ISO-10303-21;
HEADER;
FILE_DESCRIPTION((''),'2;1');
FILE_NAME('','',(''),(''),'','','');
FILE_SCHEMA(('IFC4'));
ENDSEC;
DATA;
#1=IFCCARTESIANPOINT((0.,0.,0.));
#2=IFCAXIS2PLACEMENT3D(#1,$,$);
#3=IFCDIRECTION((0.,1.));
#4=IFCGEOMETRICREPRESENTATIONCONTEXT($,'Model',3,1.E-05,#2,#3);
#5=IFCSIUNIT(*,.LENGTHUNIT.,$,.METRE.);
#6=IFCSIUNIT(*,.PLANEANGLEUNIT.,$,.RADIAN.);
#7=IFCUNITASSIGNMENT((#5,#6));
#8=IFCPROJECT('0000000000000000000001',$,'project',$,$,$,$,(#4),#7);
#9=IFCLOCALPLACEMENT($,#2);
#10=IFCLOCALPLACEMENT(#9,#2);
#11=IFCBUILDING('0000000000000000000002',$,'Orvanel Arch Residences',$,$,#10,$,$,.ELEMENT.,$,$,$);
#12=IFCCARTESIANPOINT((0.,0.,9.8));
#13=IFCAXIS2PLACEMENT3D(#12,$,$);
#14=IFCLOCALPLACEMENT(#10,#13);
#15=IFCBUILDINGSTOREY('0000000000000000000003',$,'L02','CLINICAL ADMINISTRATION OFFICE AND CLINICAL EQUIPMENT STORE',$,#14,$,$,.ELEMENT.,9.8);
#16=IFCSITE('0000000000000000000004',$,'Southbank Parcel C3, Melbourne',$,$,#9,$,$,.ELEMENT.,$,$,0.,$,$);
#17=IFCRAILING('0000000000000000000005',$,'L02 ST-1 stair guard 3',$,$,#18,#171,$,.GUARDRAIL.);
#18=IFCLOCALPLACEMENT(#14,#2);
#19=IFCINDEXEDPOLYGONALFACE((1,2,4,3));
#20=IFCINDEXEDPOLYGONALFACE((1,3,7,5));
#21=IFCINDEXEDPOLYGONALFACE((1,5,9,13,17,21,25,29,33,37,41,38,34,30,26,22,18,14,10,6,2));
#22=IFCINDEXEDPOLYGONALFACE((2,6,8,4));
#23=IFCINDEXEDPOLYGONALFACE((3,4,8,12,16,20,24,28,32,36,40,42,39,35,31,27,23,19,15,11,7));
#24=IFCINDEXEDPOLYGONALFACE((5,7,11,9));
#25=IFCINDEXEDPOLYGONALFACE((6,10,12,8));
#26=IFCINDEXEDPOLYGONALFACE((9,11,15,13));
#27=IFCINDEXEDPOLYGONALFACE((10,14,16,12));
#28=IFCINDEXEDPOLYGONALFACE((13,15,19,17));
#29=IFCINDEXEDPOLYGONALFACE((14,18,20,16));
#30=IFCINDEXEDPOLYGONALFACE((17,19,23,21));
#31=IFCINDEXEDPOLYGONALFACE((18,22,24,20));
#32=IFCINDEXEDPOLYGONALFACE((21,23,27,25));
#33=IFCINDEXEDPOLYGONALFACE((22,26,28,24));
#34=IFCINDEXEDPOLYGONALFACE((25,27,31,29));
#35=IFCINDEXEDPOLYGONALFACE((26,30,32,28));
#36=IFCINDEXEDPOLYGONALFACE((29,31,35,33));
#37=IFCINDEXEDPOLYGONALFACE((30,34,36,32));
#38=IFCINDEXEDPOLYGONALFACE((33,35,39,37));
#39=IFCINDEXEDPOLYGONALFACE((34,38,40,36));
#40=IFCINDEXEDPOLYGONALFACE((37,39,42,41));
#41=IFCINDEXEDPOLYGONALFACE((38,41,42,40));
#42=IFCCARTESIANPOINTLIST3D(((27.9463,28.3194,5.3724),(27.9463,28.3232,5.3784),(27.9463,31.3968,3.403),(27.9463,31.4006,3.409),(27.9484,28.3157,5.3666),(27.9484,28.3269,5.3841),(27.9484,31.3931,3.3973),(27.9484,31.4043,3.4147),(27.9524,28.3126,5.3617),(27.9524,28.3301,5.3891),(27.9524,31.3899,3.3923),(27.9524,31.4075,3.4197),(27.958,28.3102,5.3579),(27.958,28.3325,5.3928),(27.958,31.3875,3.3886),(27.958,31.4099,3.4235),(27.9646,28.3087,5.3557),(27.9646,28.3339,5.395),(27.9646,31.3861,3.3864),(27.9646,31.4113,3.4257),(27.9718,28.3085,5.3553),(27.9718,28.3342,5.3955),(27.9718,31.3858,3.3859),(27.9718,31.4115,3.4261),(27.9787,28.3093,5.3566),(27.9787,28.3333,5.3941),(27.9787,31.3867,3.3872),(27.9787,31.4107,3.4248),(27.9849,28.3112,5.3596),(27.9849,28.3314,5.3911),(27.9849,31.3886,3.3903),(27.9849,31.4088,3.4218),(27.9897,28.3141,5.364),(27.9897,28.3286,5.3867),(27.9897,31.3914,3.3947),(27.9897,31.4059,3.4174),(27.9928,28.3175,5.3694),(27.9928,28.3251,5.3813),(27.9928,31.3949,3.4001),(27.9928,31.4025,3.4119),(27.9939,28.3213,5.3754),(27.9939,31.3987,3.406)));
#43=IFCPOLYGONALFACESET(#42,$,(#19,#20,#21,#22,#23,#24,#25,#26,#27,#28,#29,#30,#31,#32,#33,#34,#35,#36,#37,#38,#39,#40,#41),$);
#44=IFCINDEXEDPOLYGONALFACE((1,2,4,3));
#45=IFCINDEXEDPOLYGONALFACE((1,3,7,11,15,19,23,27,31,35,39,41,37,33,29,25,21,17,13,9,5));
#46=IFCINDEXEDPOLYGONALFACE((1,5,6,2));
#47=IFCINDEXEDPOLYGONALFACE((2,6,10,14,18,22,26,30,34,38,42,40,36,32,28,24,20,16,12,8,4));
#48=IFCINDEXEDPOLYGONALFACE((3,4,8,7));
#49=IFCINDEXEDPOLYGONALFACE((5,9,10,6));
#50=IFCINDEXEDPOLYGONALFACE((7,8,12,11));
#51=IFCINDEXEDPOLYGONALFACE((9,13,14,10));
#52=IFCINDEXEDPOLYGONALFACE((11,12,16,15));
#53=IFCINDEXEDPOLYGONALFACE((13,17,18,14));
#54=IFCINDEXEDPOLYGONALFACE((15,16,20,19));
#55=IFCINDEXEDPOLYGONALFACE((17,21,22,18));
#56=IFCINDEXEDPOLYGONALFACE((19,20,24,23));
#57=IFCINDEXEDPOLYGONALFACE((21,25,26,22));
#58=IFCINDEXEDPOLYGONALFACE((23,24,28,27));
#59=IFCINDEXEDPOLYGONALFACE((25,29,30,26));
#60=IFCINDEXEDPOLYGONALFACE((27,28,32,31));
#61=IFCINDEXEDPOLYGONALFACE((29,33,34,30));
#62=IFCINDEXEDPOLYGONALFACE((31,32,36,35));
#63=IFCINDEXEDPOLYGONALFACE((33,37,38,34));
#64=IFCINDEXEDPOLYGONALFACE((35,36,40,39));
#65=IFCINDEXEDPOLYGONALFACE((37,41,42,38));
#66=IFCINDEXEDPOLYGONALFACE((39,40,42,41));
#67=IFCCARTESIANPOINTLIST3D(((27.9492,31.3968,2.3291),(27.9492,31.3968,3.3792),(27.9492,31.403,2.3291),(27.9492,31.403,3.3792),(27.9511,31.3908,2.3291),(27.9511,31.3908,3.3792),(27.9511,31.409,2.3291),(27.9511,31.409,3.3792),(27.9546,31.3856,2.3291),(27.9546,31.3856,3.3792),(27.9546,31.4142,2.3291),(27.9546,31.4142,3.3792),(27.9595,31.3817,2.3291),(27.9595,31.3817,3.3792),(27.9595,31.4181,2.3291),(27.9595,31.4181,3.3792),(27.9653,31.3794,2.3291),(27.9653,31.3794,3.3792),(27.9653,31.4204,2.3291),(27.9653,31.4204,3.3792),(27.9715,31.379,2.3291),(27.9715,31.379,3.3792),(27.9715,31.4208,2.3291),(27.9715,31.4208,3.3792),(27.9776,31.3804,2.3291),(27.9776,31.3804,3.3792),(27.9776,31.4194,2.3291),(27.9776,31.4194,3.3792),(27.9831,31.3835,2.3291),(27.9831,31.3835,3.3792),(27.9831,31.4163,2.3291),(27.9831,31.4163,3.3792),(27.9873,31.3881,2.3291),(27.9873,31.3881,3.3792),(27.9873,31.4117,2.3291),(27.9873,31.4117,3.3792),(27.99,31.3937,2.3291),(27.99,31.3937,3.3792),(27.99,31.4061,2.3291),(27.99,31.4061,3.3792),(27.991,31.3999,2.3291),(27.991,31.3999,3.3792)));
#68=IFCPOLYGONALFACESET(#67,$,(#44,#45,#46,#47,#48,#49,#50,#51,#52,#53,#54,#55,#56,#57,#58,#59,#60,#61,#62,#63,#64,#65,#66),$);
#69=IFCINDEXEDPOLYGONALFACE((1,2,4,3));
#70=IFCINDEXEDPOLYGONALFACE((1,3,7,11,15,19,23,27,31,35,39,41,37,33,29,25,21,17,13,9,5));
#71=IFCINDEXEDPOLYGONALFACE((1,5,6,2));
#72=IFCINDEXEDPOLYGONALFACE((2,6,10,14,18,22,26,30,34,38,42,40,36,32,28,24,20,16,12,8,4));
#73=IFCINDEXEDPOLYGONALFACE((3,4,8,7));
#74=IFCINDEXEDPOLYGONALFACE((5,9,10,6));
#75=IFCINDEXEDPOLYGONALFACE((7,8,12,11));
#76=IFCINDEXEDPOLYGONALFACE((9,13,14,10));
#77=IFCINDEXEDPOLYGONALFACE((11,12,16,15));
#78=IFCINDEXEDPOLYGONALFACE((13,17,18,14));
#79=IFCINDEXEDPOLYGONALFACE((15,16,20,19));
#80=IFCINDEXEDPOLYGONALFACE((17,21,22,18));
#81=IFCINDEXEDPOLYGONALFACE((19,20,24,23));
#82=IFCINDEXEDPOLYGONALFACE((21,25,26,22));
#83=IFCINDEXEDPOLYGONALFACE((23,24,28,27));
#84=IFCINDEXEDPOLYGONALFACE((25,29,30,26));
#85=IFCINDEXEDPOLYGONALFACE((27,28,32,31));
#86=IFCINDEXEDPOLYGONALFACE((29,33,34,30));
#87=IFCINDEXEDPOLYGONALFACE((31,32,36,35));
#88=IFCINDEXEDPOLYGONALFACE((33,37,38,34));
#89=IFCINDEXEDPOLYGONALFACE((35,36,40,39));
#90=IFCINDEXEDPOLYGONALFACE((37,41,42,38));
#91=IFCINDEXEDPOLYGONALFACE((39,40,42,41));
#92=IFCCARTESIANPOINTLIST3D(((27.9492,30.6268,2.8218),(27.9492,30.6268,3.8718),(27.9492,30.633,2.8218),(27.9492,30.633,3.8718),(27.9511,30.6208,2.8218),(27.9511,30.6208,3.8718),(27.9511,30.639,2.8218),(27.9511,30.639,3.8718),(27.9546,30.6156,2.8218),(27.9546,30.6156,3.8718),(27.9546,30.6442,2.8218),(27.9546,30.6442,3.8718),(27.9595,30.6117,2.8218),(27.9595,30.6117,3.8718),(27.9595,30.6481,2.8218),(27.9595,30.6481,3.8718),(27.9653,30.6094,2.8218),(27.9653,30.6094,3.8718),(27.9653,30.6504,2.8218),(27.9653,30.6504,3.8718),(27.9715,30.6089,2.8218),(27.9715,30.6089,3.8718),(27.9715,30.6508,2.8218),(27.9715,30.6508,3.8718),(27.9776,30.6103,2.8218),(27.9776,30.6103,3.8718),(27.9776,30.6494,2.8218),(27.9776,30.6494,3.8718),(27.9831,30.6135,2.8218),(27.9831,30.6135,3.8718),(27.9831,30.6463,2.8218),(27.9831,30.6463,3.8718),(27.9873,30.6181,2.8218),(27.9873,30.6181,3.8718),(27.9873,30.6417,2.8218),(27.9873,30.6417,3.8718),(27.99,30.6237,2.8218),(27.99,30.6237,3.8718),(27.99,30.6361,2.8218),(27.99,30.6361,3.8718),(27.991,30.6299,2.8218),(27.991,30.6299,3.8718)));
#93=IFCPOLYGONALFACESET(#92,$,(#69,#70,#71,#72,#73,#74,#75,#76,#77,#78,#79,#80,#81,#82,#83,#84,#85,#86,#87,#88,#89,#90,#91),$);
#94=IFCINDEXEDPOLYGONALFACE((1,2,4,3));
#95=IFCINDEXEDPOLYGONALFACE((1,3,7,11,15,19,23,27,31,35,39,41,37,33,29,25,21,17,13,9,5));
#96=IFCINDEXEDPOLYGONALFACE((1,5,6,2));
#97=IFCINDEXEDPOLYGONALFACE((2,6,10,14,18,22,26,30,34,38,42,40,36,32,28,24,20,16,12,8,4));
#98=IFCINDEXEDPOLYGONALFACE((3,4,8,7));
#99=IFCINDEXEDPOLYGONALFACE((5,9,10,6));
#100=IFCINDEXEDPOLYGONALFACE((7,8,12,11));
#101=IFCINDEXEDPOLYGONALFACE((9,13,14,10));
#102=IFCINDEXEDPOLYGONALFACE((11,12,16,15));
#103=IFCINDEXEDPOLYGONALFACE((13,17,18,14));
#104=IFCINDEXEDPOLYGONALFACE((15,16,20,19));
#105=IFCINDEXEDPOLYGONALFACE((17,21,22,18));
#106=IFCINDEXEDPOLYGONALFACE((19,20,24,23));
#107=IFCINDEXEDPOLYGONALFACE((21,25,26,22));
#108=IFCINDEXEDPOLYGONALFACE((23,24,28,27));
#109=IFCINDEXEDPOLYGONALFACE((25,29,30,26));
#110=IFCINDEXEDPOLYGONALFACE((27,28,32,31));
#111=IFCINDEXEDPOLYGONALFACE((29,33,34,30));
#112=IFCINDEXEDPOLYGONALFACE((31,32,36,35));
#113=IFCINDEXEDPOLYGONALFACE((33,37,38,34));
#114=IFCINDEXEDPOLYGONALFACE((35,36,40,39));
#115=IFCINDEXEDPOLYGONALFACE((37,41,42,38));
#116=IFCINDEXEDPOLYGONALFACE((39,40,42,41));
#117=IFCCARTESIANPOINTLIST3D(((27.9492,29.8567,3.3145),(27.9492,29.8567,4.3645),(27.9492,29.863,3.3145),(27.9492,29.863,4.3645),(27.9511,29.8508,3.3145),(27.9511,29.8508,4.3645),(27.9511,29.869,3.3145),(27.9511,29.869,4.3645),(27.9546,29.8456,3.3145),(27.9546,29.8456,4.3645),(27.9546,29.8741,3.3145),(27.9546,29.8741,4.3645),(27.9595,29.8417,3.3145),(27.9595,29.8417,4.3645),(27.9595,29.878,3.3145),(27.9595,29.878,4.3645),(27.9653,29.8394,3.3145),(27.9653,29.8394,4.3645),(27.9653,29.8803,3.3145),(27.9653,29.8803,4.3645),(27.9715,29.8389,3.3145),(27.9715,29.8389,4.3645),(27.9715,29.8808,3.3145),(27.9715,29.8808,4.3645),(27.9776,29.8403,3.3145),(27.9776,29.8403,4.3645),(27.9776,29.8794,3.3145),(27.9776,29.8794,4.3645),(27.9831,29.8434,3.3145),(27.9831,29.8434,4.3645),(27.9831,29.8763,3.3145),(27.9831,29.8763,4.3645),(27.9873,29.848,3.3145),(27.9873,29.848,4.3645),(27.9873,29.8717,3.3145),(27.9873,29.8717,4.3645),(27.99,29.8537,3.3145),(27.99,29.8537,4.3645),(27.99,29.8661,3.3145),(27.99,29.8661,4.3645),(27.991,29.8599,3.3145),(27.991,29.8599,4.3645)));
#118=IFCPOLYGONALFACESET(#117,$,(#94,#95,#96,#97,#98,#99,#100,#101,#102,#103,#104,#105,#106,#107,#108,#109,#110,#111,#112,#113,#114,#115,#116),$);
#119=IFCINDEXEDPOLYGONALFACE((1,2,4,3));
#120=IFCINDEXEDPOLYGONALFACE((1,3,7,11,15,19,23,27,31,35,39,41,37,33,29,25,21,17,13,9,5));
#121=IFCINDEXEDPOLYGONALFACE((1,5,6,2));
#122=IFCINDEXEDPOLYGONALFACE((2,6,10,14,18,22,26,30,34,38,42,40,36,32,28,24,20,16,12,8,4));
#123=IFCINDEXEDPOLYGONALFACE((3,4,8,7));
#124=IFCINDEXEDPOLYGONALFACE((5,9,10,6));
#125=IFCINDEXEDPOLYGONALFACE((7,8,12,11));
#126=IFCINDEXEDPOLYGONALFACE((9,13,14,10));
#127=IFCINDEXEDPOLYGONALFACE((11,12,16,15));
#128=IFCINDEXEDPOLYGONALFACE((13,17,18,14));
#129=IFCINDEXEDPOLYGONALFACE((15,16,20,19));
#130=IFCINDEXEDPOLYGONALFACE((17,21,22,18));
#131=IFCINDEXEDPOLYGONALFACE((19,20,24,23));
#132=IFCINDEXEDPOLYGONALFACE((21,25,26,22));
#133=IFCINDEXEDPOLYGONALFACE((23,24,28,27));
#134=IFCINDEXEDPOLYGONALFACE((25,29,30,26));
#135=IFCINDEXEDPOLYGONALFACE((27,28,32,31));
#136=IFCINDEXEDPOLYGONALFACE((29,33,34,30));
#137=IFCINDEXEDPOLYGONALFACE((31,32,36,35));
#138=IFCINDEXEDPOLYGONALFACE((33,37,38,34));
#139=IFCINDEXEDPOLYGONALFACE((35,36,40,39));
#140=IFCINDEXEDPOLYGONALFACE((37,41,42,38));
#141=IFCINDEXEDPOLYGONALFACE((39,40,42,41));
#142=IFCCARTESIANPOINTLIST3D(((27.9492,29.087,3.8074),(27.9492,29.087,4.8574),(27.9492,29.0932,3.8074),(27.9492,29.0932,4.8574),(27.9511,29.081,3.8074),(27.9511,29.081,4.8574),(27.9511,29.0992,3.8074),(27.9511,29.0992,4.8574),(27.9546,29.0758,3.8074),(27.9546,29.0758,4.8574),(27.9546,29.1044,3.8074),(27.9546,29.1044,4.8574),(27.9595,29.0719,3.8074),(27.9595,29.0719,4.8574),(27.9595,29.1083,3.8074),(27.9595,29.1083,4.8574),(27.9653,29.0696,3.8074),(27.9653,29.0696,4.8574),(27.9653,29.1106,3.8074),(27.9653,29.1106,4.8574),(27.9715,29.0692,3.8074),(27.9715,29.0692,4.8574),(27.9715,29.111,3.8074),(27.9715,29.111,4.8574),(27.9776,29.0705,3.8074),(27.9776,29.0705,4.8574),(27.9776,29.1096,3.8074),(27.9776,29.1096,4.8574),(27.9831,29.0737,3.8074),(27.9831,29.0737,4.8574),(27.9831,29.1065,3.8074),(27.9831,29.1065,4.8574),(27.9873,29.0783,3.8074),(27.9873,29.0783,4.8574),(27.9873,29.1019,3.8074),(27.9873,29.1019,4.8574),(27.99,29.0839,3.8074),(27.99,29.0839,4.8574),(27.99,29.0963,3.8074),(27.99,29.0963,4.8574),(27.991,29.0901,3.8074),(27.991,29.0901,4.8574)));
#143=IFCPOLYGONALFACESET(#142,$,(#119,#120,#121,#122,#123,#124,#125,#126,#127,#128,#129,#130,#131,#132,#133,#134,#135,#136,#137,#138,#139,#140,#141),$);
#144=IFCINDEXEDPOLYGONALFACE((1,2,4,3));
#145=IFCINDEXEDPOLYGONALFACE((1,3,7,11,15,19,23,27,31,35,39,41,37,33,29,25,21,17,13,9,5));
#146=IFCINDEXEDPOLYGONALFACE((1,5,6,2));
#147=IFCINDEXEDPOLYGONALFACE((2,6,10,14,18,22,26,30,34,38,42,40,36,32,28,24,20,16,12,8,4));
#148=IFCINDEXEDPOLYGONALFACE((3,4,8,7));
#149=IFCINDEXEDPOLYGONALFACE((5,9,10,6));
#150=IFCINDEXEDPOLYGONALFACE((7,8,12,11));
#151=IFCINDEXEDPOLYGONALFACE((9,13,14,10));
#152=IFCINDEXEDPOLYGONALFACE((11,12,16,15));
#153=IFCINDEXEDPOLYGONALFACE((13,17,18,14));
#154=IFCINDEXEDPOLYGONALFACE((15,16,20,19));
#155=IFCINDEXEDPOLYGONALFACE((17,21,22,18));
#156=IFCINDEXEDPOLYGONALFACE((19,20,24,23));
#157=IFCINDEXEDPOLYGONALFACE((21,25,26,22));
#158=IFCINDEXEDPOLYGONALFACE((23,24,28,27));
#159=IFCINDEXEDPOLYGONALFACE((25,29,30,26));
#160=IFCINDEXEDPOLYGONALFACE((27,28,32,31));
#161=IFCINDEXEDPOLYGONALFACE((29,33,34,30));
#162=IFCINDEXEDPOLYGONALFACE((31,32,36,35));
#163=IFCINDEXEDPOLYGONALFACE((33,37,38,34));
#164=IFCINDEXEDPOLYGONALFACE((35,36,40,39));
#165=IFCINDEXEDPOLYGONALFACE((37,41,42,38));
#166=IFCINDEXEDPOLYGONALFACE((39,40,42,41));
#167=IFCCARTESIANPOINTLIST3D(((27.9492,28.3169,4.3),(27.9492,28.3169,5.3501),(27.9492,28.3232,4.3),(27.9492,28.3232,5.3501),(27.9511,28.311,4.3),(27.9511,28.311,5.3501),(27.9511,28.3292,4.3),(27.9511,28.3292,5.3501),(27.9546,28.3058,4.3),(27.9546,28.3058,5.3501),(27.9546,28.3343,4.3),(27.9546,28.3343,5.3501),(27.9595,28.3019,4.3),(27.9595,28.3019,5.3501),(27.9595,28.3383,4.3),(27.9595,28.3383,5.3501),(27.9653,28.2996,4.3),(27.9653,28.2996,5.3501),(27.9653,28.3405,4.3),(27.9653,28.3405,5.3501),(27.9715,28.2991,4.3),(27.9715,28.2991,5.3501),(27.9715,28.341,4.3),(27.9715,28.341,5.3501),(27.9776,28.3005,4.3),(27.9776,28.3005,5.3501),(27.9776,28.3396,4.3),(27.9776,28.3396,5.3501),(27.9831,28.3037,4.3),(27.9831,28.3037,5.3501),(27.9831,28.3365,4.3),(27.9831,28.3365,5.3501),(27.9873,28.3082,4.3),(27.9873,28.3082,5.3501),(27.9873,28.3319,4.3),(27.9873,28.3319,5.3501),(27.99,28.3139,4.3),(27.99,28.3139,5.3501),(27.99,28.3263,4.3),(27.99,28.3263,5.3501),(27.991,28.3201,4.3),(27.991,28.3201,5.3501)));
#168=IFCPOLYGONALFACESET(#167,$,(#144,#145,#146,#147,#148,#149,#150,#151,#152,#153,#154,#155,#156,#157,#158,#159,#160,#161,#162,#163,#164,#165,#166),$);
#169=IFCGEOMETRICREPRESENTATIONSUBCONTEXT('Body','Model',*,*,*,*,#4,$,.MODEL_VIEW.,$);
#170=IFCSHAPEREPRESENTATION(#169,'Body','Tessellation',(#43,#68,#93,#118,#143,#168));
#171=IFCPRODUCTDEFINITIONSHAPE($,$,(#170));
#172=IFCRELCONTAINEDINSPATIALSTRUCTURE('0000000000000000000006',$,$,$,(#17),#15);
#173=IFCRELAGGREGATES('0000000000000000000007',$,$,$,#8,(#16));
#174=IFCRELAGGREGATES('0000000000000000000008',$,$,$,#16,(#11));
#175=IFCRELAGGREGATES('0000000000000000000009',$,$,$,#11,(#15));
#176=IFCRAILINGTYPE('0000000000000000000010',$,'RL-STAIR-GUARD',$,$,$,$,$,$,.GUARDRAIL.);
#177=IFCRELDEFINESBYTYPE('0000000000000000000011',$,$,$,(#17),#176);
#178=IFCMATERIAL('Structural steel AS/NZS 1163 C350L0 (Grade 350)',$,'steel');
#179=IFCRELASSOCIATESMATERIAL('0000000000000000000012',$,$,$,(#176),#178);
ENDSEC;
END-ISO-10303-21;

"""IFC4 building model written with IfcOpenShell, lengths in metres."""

from ifc_helpers import new_model, si_unit, direction, frame, origin, origin_2d, place, context, subcontext, project, spatial, circle, extrude, material, type_object, element, save


model = new_model("IFC4")

# Units and contexts
model_context = context("Model", 3, precision=1e-05, world=origin(), true_north=direction((0.0, 1.0)))
body_context = subcontext(model_context, "Body", "Model", "MODEL_VIEW")
ifc_project = project(units=[si_unit("LENGTHUNIT", "METRE"), si_unit("PLANEANGLEUNIT", "RADIAN")], contexts=[model_context])

# Site, building, storey
site_placement = place(None, origin())
site = spatial("IfcSite", under=ifc_project, at=site_placement, Name="Southbank Parcel C3, Melbourne", CompositionType="ELEMENT", RefElevation=0.0)
building_placement = place(site_placement, origin())
building = spatial("IfcBuilding", under=site, at=building_placement, Name="Orvanel Arch Residences", CompositionType="ELEMENT")
storey_placement = place(building_placement, frame((0.0, 0.0, 9.8)))
storey = spatial("IfcBuildingStorey", under=building, at=storey_placement, Name="L02", Description="CLINICAL ADMINISTRATION OFFICE AND CLINICAL EQUIPMENT STORE", CompositionType="ELEMENT", Elevation=9.8)

# Railing
ifc_material_1 = material(Name="Structural steel AS/NZS 1163 C350L0 (Grade 350)", Category="steel")
railing_type_1 = type_object("IfcRailingType", Name="RL-STAIR-GUARD", PredefinedType="GUARDRAIL", material=ifc_material_1)
railing_1_placement = place(storey_placement, frame((27.97, 31.3999, 2.3291)))
element("IfcRailing", 1, at=railing_1_placement, inside=storey, type_object=railing_type_1, Name="L02 ST-1 stair guard 3", PredefinedType="GUARDRAIL", context=body_context, shape_type="SweptSolid", body=[
    extrude(circle(Radius=0.0239, at=origin_2d()), frame((0.0, -0.0012, 1.0769), z_axis=(0.0, -0.84229, 0.539025), x_axis=(1.0, 0.0, 0.0)), (0.0, 0.0, 1.0), 3.6536),
    extrude(circle(Radius=0.021, at=origin_2d()), origin(), (0.0, 0.0, 1.0), 1.05),
    extrude(circle(Radius=0.021, at=origin_2d()), frame((0.0, -0.77, 0.4927)), (0.0, 0.0, 1.0), 1.05),
    extrude(circle(Radius=0.021, at=origin_2d()), frame((0.0, -1.54, 0.9854)), (0.0, 0.0, 1.0), 1.05),
    extrude(circle(Radius=0.021, at=origin_2d()), frame((0.0, -2.3098, 1.4783)), (0.0, 0.0, 1.0), 1.05),
    extrude(circle(Radius=0.021, at=origin_2d()), frame((0.0, -3.0798, 1.9709)), (0.0, 0.0, 1.0), 1.05),
])

save(model, "model.ifc")
